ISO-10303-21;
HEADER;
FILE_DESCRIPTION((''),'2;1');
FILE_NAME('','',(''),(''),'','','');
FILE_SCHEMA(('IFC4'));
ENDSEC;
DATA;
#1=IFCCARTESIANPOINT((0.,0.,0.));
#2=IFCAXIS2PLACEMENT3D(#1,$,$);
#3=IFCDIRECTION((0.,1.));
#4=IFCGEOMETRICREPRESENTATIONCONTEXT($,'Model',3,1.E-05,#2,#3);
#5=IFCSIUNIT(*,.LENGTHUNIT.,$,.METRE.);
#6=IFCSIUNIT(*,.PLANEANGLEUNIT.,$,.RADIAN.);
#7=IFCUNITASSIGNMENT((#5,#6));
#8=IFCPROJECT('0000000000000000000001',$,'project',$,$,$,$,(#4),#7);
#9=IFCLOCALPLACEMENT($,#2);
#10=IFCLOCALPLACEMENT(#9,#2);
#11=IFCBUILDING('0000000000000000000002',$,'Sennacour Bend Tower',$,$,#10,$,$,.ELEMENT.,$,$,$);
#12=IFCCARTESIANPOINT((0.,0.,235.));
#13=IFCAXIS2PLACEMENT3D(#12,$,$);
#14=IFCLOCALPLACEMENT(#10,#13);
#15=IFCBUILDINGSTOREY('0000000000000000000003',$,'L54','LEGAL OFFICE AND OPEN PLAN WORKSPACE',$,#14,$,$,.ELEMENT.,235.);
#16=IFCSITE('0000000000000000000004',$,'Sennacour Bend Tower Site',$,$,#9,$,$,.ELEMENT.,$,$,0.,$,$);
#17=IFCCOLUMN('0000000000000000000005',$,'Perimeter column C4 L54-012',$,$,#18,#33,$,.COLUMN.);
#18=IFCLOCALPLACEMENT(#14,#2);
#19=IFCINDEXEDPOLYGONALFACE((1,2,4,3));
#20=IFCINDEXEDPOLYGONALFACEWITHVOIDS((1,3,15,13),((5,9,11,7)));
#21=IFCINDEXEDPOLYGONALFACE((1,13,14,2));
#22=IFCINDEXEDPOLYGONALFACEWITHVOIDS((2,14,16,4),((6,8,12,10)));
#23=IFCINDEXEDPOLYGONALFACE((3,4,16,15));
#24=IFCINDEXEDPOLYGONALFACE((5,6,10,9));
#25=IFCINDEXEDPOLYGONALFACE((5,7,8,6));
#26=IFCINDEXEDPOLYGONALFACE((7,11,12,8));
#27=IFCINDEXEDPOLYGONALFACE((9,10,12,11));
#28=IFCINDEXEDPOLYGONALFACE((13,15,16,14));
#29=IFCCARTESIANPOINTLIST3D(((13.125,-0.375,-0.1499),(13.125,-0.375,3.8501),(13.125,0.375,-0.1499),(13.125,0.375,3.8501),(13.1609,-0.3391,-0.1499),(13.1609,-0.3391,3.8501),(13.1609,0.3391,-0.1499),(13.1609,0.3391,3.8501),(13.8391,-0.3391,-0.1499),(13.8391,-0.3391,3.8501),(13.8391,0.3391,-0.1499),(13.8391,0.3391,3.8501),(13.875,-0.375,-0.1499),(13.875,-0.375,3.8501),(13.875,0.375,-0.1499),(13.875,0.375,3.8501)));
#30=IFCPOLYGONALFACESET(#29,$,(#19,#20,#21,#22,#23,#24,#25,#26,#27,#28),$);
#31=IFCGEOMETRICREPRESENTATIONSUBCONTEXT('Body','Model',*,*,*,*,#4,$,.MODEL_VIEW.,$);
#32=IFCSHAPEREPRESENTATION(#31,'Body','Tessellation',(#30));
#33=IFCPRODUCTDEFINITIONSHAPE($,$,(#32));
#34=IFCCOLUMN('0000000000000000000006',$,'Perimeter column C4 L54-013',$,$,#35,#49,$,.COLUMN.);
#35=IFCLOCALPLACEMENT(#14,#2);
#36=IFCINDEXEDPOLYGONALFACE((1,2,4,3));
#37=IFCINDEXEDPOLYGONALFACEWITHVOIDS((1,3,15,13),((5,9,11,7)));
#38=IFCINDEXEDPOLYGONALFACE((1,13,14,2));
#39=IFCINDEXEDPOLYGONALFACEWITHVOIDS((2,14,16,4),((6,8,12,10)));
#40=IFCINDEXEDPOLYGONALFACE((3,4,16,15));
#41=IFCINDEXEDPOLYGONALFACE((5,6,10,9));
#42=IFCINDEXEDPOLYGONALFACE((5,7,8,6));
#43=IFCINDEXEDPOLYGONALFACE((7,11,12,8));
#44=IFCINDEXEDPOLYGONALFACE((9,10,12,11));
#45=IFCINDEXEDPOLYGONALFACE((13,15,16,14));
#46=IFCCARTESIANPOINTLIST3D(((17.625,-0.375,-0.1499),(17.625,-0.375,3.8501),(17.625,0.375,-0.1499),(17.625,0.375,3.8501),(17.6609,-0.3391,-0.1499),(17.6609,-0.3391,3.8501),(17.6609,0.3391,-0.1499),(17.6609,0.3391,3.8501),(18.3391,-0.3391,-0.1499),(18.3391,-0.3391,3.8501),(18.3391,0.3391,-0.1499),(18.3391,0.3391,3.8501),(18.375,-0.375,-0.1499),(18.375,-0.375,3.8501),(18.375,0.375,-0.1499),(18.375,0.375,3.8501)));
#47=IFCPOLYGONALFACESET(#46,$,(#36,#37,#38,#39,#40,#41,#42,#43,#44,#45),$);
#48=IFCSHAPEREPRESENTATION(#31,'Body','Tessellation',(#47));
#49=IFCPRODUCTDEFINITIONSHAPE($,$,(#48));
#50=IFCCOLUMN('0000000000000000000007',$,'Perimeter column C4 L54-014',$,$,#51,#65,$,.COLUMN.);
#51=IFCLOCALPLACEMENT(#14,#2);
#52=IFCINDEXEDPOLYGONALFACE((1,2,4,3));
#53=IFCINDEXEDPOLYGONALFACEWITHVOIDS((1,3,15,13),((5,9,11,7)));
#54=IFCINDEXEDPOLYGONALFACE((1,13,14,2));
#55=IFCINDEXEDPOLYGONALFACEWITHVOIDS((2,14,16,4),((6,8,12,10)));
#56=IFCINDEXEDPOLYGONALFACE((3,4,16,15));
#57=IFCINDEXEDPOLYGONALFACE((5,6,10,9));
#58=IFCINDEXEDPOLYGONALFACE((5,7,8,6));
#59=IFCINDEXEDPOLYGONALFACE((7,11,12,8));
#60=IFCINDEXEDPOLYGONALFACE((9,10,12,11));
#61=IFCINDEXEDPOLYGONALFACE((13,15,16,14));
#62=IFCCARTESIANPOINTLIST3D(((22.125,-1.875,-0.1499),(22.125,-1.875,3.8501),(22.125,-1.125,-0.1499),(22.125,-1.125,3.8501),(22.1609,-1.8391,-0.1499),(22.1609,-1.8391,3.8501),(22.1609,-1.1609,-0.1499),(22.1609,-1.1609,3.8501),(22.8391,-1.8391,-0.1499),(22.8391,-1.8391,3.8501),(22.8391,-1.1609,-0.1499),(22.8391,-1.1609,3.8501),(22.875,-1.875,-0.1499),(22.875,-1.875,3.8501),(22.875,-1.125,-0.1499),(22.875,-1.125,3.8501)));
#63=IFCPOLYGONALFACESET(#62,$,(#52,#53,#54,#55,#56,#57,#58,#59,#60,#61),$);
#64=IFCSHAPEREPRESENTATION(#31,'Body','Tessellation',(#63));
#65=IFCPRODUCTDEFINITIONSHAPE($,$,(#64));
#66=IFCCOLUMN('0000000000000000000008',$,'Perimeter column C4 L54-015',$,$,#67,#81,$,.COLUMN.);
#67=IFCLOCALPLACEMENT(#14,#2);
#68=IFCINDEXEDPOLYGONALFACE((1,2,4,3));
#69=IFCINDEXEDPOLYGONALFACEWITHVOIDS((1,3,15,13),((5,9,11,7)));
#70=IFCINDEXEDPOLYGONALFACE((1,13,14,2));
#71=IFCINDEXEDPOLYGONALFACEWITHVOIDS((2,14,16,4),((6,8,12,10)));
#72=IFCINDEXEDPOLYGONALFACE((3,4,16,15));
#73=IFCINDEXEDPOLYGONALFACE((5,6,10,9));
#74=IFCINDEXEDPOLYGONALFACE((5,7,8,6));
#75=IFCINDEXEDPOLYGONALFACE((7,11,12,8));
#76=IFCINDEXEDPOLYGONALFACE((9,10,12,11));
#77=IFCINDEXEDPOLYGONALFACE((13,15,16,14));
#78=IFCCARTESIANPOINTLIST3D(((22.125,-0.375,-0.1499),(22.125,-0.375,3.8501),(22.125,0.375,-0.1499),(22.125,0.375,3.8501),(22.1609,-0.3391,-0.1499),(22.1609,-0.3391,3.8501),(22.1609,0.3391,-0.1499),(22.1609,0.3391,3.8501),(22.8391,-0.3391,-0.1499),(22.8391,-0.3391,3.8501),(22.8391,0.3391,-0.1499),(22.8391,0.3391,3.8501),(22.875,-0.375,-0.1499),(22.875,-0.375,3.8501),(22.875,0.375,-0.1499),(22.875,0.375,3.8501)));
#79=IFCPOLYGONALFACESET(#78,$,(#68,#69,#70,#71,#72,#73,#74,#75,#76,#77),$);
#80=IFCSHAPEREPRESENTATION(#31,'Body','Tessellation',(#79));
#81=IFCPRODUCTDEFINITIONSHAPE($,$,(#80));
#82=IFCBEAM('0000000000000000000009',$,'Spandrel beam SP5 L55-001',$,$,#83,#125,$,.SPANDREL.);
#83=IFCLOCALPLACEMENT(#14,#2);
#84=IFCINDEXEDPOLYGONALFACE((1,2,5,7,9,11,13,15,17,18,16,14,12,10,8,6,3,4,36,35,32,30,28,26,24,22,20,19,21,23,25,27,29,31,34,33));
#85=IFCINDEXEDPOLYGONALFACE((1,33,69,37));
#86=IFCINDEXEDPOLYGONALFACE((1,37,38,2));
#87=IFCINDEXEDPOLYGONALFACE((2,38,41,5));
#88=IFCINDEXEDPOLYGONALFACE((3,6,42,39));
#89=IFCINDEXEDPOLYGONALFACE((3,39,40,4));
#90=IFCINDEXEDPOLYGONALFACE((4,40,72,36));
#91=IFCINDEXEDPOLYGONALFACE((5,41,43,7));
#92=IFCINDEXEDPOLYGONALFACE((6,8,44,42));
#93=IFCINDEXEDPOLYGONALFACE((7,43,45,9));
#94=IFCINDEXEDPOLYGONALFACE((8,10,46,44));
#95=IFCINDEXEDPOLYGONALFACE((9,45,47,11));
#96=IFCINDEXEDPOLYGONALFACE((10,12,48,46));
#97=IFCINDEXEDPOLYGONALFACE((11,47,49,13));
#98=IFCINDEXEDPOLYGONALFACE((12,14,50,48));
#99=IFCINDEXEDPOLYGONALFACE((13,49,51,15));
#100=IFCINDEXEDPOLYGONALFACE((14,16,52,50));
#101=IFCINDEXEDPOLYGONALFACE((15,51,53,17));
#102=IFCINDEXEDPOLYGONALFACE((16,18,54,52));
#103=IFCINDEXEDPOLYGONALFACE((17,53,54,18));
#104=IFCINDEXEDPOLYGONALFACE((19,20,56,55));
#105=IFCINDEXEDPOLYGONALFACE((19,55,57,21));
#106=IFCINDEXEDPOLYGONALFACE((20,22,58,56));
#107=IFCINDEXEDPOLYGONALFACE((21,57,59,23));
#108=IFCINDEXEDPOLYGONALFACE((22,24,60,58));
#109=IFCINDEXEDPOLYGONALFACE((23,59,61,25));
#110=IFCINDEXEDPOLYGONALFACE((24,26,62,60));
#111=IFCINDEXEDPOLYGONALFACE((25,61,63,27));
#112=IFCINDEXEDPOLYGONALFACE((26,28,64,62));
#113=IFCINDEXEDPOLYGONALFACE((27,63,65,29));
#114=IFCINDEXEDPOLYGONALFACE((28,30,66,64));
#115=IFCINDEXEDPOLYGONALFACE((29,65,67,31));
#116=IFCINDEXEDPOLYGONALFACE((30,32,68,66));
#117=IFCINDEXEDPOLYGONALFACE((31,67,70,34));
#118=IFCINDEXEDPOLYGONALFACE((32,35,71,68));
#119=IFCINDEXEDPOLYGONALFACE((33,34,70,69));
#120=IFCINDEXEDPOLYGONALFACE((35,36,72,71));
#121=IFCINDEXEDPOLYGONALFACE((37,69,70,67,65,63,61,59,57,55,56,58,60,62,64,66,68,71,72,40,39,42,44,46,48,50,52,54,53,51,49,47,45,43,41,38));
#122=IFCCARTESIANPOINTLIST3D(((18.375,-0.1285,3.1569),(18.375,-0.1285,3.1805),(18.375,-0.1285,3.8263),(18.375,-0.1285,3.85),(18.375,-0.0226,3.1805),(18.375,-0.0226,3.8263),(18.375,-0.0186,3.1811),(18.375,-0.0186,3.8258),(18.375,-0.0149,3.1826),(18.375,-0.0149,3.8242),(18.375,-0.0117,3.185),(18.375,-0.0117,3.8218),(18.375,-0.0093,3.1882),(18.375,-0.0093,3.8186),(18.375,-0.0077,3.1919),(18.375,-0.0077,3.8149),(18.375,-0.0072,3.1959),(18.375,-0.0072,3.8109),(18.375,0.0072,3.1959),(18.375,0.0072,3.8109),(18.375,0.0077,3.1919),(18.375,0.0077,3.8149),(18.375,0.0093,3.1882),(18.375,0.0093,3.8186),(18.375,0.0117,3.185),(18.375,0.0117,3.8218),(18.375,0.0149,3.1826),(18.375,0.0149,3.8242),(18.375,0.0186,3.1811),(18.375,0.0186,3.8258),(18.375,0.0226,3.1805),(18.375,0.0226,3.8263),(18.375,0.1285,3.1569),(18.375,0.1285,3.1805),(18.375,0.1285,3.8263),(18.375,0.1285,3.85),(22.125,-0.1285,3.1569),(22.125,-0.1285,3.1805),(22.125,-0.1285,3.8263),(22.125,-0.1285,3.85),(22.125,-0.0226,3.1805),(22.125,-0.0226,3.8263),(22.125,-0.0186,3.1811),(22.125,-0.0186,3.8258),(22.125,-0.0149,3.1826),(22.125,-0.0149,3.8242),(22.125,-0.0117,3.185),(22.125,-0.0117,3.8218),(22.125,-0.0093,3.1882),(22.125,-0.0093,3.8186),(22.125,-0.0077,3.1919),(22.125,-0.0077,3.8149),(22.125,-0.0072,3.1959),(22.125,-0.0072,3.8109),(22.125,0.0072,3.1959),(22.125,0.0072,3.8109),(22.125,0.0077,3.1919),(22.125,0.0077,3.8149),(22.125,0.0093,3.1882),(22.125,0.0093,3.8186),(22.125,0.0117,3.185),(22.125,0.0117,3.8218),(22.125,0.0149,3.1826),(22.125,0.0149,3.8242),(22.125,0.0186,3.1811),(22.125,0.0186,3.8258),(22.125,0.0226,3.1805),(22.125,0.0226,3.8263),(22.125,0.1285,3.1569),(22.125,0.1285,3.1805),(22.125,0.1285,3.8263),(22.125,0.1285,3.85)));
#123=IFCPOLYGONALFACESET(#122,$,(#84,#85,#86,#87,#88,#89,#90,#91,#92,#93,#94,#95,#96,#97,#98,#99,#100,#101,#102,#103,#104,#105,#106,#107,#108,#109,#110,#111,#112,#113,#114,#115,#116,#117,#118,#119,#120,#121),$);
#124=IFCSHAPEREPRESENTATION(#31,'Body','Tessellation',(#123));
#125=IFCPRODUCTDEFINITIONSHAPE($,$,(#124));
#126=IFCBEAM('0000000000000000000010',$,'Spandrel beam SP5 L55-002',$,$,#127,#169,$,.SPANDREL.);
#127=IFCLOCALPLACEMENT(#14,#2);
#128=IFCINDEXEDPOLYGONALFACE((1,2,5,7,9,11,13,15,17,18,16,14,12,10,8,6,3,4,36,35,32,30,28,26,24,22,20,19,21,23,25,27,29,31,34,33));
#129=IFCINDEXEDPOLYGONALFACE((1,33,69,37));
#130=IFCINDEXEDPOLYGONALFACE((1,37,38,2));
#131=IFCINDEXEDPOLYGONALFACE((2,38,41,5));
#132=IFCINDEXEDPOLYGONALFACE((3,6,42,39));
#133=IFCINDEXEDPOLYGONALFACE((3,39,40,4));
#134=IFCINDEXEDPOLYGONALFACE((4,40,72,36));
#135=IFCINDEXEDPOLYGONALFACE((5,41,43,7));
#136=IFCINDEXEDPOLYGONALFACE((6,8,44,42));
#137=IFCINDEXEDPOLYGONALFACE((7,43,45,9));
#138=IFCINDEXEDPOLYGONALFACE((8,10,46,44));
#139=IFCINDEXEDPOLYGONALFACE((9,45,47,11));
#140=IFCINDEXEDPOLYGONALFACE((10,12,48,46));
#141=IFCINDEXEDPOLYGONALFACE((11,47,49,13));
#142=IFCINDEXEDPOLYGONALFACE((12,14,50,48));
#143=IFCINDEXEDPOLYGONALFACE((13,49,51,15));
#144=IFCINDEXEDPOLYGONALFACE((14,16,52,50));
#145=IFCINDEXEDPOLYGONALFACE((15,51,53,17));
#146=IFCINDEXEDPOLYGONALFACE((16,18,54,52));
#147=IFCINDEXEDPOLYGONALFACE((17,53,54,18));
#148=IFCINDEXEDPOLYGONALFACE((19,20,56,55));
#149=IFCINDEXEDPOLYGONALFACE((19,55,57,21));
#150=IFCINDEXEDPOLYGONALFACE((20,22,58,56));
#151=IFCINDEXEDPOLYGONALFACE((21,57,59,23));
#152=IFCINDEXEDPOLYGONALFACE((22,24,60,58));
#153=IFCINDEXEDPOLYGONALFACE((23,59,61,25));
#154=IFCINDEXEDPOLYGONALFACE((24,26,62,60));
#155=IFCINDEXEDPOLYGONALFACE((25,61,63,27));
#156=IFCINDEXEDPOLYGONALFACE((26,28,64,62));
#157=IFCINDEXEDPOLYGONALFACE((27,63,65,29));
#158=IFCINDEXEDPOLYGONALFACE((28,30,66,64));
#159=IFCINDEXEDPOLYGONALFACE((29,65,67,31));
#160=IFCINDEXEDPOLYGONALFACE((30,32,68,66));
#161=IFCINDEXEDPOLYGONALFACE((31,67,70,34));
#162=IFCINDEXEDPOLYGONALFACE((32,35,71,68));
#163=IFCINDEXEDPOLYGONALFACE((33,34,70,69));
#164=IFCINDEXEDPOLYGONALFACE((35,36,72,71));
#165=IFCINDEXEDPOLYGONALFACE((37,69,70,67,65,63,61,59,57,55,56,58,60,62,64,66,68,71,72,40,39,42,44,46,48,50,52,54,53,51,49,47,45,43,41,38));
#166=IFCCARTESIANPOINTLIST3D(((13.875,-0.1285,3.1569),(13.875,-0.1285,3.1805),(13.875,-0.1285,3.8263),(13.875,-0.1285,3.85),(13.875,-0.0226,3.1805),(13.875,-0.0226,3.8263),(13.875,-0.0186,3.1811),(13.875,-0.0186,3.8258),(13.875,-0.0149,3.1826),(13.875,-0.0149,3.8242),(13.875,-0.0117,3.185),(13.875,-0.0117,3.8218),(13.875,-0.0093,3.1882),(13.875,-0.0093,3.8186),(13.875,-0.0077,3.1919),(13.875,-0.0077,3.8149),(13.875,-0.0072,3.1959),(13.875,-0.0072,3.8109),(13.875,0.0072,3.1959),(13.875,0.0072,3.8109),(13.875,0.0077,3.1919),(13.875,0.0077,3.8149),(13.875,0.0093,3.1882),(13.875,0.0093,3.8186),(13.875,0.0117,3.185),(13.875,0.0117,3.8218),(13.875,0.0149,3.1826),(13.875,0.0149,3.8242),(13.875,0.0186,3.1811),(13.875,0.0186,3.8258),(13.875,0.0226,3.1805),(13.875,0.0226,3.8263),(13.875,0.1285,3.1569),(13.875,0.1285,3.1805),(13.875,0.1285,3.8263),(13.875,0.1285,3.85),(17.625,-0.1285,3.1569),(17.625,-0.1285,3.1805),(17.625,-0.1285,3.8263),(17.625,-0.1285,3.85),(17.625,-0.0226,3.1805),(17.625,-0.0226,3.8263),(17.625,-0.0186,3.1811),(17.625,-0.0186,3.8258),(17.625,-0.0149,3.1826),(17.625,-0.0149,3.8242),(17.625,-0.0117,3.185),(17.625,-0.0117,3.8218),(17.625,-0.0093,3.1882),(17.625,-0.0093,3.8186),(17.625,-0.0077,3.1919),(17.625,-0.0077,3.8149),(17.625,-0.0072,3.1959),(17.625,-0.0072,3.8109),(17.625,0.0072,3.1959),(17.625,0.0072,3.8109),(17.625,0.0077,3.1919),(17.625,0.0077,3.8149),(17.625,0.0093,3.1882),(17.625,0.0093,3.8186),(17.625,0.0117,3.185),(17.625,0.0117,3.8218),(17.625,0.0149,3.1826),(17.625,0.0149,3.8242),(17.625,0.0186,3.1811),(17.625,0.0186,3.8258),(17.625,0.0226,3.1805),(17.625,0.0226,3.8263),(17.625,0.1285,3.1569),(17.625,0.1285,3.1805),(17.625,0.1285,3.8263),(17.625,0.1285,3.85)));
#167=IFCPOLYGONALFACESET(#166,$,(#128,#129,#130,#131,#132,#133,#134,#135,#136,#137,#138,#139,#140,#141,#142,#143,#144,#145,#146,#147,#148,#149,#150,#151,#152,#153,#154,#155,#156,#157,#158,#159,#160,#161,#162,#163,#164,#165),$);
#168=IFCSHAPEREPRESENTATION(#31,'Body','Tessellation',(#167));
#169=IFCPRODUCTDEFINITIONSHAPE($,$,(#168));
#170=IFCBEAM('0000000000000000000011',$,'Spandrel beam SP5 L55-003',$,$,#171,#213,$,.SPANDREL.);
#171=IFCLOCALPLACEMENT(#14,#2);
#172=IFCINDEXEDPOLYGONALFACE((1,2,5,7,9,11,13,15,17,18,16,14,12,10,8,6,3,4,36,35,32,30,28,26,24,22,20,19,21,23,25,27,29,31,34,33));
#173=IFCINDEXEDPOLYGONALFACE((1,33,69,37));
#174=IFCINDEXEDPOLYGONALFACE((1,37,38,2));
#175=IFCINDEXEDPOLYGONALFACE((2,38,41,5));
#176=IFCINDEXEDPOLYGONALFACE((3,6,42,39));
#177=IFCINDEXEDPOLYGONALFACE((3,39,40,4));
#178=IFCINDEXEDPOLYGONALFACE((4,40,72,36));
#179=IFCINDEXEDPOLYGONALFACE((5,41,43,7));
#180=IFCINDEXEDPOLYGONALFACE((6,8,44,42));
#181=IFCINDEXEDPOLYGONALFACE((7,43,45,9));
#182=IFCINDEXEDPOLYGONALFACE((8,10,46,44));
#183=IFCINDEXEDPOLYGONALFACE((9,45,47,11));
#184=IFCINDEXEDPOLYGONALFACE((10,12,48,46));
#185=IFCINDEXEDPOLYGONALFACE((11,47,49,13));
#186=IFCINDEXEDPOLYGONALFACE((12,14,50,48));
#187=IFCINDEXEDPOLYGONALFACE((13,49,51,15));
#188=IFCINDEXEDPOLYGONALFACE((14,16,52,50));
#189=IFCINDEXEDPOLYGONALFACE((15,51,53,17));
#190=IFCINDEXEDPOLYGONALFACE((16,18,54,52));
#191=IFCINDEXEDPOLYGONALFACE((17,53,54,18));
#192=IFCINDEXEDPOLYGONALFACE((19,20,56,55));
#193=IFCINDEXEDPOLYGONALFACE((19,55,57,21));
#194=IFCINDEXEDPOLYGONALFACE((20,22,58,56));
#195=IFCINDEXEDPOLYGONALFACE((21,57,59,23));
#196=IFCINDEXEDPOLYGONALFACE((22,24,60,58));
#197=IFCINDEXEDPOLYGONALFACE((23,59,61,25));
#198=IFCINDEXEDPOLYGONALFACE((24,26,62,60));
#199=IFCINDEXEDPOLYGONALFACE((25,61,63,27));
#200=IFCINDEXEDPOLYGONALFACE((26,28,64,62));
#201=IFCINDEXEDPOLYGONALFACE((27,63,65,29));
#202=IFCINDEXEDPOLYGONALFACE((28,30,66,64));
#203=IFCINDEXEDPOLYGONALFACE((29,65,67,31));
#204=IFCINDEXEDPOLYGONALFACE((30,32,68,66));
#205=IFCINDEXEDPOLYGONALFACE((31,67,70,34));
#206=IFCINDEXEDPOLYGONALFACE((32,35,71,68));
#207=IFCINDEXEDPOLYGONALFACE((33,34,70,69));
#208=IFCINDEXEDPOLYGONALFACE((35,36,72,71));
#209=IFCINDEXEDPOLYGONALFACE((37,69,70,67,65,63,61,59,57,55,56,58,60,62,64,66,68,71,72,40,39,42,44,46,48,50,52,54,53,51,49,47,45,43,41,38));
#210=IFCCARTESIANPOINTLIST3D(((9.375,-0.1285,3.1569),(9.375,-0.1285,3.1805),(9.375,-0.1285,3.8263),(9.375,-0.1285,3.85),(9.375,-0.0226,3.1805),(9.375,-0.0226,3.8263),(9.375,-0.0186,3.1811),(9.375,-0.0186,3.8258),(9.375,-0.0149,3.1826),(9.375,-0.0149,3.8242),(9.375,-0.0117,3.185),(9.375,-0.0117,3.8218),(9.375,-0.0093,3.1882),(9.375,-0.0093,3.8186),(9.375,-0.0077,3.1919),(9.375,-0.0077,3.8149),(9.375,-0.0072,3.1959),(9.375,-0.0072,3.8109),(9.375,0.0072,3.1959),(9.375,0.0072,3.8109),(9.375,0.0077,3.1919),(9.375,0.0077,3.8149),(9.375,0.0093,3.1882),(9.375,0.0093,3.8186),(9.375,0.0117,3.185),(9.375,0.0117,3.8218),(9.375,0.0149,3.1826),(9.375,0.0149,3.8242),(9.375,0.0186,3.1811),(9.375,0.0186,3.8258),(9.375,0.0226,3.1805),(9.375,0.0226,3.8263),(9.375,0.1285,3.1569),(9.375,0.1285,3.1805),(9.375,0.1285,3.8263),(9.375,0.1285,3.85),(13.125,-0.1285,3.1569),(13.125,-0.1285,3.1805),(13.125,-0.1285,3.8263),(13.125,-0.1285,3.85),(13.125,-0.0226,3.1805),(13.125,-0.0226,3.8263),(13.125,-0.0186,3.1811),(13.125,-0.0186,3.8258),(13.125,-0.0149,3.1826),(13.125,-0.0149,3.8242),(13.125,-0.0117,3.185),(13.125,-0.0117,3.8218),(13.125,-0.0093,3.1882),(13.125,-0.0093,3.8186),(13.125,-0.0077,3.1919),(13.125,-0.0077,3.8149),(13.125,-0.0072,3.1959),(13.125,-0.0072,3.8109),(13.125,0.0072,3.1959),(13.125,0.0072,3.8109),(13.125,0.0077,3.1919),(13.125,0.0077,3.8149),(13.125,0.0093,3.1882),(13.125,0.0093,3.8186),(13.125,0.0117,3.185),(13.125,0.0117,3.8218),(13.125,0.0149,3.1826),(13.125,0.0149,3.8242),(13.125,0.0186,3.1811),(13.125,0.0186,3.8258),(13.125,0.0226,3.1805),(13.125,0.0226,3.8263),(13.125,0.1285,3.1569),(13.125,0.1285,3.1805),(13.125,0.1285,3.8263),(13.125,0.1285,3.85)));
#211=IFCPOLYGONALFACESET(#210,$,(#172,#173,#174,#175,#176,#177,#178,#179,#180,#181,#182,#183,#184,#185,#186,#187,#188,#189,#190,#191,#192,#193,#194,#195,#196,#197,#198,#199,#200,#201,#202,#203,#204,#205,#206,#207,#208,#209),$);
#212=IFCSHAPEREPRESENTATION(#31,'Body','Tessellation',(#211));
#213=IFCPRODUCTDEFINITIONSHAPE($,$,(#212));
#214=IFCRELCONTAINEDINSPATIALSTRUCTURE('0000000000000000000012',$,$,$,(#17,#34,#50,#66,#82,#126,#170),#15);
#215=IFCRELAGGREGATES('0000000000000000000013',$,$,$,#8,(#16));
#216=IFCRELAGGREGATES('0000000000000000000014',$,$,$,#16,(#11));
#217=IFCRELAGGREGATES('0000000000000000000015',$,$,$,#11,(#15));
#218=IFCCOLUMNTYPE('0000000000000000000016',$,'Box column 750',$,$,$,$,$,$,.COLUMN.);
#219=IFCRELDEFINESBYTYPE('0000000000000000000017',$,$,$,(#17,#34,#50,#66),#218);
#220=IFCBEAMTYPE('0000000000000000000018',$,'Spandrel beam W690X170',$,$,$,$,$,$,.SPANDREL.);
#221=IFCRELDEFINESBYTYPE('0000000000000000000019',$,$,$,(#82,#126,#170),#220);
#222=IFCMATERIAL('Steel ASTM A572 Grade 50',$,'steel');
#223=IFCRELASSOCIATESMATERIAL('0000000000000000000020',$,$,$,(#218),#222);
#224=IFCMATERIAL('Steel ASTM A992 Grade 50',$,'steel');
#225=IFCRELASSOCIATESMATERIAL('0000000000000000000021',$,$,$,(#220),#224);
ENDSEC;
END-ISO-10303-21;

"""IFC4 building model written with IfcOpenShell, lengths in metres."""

from ifc_helpers import new_model, si_unit, direction, frame, origin, origin_2d, place, context, subcontext, project, spatial, hollow_rectangle, i_section, extrude, material, material_profile, profile_set, type_object, element, save


model = new_model("IFC4")

# Units and contexts
model_context = context("Model", 3, precision=1e-05, world=origin(), true_north=direction((0.0, 1.0)))
body_context = subcontext(model_context, "Body", "Model", "MODEL_VIEW")
ifc_project = project(units=[si_unit("LENGTHUNIT", "METRE"), si_unit("PLANEANGLEUNIT", "RADIAN")], contexts=[model_context])

# Site, building, storey
site_placement = place(None, origin())
site = spatial("IfcSite", under=ifc_project, at=site_placement, Name="Sennacour Bend Tower Site", CompositionType="ELEMENT", RefElevation=0.0)
building_placement = place(site_placement, origin())
building = spatial("IfcBuilding", under=site, at=building_placement, Name="Sennacour Bend Tower", CompositionType="ELEMENT")
storey_placement = place(building_placement, frame((0.0, 0.0, 235.0)))
storey = spatial("IfcBuildingStorey", under=building, at=storey_placement, Name="L54", Description="LEGAL OFFICE AND OPEN PLAN WORKSPACE", CompositionType="ELEMENT", Elevation=235.0)

# Columns
ifc_material_1 = material(Name="Steel ASTM A572 Grade 50", Category="steel")
ifc_material_profile_1 = material_profile(ifc_material_1, hollow_rectangle(XDim=0.75, YDim=0.75, WallThickness=0.0359, at=origin_2d()), Name="Steel ASTM A572 Grade 50", Category="steel")
ifc_profile_set_1 = profile_set([ifc_material_profile_1], Name="Steel ASTM A572 Grade 50")
column_type = type_object("IfcColumnType", Name="Box column 750", PredefinedType="COLUMN", material=ifc_profile_set_1)
for number, where, z_axis, x_axis, name in (
    (1, (13.5, 0.0, -0.1499), (0.0, 0.0, 1.0), (1.0, 0.0, 0.0), "Perimeter column C4 L54-012"),
    (2, (18.0, 0.0, -0.1499), (0.0, 0.0, 1.0), (1.0, 0.0, 0.0), "Perimeter column C4 L54-013"),
    (3, (22.5, -1.5, -0.1499), (0.0, 0.0, 1.0), (1.0, 0.0, 0.0), "Perimeter column C4 L54-014"),
    (4, (22.5, 0.0, -0.1499), (0.0, 0.0, 1.0), (1.0, 0.0, 0.0), "Perimeter column C4 L54-015"),
):
    element("IfcColumn", number, at=place(storey_placement, frame(where, z_axis=z_axis, x_axis=x_axis)), inside=storey, type_object=column_type, Name=name, PredefinedType="COLUMN", context=body_context, shape_type="SweptSolid", body=[
        extrude(hollow_rectangle(XDim=0.75, YDim=0.75, WallThickness=0.0359, at=origin_2d()), origin(), (0.0, 0.0, 1.0), 4.0),
    ])

# Beams
ifc_material_2 = material(Name="Steel ASTM A992 Grade 50", Category="steel")
ifc_material_profile_2 = material_profile(ifc_material_2, i_section(OverallWidth=0.2571, OverallDepth=0.6931, WebThickness=0.0144, FlangeThickness=0.0237, FilletRadius=0.0154, at=origin_2d()), Name="Steel ASTM A992 Grade 50", Category="steel")
ifc_profile_set_2 = profile_set([ifc_material_profile_2], Name="Steel ASTM A992 Grade 50")
beam_type = type_object("IfcBeamType", Name="Spandrel beam W690X170", PredefinedType="SPANDREL", material=ifc_profile_set_2)
for number, where, z_axis, x_axis, name in (
    (5, (22.125, 0.0, 3.5034), (-1.0, 0.0, 0.0), (0.0, -1.0, 0.0), "Spandrel beam SP5 L55-001"),
    (6, (17.625, 0.0, 3.5034), (-1.0, 0.0, 0.0), (0.0, -1.0, 0.0), "Spandrel beam SP5 L55-002"),
    (7, (13.125, 0.0, 3.5034), (-1.0, 0.0, 0.0), (0.0, -1.0, 0.0), "Spandrel beam SP5 L55-003"),
):
    element("IfcBeam", number, at=place(storey_placement, frame(where, z_axis=z_axis, x_axis=x_axis)), inside=storey, type_object=beam_type, Name=name, PredefinedType="SPANDREL", context=body_context, shape_type="SweptSolid", body=[
        extrude(i_section(OverallWidth=0.2571, OverallDepth=0.6931, WebThickness=0.0144, FlangeThickness=0.0237, FilletRadius=0.0154, at=origin_2d()), origin(), (0.0, 0.0, 1.0), 3.75),
    ])

save(model, "model.ifc")
